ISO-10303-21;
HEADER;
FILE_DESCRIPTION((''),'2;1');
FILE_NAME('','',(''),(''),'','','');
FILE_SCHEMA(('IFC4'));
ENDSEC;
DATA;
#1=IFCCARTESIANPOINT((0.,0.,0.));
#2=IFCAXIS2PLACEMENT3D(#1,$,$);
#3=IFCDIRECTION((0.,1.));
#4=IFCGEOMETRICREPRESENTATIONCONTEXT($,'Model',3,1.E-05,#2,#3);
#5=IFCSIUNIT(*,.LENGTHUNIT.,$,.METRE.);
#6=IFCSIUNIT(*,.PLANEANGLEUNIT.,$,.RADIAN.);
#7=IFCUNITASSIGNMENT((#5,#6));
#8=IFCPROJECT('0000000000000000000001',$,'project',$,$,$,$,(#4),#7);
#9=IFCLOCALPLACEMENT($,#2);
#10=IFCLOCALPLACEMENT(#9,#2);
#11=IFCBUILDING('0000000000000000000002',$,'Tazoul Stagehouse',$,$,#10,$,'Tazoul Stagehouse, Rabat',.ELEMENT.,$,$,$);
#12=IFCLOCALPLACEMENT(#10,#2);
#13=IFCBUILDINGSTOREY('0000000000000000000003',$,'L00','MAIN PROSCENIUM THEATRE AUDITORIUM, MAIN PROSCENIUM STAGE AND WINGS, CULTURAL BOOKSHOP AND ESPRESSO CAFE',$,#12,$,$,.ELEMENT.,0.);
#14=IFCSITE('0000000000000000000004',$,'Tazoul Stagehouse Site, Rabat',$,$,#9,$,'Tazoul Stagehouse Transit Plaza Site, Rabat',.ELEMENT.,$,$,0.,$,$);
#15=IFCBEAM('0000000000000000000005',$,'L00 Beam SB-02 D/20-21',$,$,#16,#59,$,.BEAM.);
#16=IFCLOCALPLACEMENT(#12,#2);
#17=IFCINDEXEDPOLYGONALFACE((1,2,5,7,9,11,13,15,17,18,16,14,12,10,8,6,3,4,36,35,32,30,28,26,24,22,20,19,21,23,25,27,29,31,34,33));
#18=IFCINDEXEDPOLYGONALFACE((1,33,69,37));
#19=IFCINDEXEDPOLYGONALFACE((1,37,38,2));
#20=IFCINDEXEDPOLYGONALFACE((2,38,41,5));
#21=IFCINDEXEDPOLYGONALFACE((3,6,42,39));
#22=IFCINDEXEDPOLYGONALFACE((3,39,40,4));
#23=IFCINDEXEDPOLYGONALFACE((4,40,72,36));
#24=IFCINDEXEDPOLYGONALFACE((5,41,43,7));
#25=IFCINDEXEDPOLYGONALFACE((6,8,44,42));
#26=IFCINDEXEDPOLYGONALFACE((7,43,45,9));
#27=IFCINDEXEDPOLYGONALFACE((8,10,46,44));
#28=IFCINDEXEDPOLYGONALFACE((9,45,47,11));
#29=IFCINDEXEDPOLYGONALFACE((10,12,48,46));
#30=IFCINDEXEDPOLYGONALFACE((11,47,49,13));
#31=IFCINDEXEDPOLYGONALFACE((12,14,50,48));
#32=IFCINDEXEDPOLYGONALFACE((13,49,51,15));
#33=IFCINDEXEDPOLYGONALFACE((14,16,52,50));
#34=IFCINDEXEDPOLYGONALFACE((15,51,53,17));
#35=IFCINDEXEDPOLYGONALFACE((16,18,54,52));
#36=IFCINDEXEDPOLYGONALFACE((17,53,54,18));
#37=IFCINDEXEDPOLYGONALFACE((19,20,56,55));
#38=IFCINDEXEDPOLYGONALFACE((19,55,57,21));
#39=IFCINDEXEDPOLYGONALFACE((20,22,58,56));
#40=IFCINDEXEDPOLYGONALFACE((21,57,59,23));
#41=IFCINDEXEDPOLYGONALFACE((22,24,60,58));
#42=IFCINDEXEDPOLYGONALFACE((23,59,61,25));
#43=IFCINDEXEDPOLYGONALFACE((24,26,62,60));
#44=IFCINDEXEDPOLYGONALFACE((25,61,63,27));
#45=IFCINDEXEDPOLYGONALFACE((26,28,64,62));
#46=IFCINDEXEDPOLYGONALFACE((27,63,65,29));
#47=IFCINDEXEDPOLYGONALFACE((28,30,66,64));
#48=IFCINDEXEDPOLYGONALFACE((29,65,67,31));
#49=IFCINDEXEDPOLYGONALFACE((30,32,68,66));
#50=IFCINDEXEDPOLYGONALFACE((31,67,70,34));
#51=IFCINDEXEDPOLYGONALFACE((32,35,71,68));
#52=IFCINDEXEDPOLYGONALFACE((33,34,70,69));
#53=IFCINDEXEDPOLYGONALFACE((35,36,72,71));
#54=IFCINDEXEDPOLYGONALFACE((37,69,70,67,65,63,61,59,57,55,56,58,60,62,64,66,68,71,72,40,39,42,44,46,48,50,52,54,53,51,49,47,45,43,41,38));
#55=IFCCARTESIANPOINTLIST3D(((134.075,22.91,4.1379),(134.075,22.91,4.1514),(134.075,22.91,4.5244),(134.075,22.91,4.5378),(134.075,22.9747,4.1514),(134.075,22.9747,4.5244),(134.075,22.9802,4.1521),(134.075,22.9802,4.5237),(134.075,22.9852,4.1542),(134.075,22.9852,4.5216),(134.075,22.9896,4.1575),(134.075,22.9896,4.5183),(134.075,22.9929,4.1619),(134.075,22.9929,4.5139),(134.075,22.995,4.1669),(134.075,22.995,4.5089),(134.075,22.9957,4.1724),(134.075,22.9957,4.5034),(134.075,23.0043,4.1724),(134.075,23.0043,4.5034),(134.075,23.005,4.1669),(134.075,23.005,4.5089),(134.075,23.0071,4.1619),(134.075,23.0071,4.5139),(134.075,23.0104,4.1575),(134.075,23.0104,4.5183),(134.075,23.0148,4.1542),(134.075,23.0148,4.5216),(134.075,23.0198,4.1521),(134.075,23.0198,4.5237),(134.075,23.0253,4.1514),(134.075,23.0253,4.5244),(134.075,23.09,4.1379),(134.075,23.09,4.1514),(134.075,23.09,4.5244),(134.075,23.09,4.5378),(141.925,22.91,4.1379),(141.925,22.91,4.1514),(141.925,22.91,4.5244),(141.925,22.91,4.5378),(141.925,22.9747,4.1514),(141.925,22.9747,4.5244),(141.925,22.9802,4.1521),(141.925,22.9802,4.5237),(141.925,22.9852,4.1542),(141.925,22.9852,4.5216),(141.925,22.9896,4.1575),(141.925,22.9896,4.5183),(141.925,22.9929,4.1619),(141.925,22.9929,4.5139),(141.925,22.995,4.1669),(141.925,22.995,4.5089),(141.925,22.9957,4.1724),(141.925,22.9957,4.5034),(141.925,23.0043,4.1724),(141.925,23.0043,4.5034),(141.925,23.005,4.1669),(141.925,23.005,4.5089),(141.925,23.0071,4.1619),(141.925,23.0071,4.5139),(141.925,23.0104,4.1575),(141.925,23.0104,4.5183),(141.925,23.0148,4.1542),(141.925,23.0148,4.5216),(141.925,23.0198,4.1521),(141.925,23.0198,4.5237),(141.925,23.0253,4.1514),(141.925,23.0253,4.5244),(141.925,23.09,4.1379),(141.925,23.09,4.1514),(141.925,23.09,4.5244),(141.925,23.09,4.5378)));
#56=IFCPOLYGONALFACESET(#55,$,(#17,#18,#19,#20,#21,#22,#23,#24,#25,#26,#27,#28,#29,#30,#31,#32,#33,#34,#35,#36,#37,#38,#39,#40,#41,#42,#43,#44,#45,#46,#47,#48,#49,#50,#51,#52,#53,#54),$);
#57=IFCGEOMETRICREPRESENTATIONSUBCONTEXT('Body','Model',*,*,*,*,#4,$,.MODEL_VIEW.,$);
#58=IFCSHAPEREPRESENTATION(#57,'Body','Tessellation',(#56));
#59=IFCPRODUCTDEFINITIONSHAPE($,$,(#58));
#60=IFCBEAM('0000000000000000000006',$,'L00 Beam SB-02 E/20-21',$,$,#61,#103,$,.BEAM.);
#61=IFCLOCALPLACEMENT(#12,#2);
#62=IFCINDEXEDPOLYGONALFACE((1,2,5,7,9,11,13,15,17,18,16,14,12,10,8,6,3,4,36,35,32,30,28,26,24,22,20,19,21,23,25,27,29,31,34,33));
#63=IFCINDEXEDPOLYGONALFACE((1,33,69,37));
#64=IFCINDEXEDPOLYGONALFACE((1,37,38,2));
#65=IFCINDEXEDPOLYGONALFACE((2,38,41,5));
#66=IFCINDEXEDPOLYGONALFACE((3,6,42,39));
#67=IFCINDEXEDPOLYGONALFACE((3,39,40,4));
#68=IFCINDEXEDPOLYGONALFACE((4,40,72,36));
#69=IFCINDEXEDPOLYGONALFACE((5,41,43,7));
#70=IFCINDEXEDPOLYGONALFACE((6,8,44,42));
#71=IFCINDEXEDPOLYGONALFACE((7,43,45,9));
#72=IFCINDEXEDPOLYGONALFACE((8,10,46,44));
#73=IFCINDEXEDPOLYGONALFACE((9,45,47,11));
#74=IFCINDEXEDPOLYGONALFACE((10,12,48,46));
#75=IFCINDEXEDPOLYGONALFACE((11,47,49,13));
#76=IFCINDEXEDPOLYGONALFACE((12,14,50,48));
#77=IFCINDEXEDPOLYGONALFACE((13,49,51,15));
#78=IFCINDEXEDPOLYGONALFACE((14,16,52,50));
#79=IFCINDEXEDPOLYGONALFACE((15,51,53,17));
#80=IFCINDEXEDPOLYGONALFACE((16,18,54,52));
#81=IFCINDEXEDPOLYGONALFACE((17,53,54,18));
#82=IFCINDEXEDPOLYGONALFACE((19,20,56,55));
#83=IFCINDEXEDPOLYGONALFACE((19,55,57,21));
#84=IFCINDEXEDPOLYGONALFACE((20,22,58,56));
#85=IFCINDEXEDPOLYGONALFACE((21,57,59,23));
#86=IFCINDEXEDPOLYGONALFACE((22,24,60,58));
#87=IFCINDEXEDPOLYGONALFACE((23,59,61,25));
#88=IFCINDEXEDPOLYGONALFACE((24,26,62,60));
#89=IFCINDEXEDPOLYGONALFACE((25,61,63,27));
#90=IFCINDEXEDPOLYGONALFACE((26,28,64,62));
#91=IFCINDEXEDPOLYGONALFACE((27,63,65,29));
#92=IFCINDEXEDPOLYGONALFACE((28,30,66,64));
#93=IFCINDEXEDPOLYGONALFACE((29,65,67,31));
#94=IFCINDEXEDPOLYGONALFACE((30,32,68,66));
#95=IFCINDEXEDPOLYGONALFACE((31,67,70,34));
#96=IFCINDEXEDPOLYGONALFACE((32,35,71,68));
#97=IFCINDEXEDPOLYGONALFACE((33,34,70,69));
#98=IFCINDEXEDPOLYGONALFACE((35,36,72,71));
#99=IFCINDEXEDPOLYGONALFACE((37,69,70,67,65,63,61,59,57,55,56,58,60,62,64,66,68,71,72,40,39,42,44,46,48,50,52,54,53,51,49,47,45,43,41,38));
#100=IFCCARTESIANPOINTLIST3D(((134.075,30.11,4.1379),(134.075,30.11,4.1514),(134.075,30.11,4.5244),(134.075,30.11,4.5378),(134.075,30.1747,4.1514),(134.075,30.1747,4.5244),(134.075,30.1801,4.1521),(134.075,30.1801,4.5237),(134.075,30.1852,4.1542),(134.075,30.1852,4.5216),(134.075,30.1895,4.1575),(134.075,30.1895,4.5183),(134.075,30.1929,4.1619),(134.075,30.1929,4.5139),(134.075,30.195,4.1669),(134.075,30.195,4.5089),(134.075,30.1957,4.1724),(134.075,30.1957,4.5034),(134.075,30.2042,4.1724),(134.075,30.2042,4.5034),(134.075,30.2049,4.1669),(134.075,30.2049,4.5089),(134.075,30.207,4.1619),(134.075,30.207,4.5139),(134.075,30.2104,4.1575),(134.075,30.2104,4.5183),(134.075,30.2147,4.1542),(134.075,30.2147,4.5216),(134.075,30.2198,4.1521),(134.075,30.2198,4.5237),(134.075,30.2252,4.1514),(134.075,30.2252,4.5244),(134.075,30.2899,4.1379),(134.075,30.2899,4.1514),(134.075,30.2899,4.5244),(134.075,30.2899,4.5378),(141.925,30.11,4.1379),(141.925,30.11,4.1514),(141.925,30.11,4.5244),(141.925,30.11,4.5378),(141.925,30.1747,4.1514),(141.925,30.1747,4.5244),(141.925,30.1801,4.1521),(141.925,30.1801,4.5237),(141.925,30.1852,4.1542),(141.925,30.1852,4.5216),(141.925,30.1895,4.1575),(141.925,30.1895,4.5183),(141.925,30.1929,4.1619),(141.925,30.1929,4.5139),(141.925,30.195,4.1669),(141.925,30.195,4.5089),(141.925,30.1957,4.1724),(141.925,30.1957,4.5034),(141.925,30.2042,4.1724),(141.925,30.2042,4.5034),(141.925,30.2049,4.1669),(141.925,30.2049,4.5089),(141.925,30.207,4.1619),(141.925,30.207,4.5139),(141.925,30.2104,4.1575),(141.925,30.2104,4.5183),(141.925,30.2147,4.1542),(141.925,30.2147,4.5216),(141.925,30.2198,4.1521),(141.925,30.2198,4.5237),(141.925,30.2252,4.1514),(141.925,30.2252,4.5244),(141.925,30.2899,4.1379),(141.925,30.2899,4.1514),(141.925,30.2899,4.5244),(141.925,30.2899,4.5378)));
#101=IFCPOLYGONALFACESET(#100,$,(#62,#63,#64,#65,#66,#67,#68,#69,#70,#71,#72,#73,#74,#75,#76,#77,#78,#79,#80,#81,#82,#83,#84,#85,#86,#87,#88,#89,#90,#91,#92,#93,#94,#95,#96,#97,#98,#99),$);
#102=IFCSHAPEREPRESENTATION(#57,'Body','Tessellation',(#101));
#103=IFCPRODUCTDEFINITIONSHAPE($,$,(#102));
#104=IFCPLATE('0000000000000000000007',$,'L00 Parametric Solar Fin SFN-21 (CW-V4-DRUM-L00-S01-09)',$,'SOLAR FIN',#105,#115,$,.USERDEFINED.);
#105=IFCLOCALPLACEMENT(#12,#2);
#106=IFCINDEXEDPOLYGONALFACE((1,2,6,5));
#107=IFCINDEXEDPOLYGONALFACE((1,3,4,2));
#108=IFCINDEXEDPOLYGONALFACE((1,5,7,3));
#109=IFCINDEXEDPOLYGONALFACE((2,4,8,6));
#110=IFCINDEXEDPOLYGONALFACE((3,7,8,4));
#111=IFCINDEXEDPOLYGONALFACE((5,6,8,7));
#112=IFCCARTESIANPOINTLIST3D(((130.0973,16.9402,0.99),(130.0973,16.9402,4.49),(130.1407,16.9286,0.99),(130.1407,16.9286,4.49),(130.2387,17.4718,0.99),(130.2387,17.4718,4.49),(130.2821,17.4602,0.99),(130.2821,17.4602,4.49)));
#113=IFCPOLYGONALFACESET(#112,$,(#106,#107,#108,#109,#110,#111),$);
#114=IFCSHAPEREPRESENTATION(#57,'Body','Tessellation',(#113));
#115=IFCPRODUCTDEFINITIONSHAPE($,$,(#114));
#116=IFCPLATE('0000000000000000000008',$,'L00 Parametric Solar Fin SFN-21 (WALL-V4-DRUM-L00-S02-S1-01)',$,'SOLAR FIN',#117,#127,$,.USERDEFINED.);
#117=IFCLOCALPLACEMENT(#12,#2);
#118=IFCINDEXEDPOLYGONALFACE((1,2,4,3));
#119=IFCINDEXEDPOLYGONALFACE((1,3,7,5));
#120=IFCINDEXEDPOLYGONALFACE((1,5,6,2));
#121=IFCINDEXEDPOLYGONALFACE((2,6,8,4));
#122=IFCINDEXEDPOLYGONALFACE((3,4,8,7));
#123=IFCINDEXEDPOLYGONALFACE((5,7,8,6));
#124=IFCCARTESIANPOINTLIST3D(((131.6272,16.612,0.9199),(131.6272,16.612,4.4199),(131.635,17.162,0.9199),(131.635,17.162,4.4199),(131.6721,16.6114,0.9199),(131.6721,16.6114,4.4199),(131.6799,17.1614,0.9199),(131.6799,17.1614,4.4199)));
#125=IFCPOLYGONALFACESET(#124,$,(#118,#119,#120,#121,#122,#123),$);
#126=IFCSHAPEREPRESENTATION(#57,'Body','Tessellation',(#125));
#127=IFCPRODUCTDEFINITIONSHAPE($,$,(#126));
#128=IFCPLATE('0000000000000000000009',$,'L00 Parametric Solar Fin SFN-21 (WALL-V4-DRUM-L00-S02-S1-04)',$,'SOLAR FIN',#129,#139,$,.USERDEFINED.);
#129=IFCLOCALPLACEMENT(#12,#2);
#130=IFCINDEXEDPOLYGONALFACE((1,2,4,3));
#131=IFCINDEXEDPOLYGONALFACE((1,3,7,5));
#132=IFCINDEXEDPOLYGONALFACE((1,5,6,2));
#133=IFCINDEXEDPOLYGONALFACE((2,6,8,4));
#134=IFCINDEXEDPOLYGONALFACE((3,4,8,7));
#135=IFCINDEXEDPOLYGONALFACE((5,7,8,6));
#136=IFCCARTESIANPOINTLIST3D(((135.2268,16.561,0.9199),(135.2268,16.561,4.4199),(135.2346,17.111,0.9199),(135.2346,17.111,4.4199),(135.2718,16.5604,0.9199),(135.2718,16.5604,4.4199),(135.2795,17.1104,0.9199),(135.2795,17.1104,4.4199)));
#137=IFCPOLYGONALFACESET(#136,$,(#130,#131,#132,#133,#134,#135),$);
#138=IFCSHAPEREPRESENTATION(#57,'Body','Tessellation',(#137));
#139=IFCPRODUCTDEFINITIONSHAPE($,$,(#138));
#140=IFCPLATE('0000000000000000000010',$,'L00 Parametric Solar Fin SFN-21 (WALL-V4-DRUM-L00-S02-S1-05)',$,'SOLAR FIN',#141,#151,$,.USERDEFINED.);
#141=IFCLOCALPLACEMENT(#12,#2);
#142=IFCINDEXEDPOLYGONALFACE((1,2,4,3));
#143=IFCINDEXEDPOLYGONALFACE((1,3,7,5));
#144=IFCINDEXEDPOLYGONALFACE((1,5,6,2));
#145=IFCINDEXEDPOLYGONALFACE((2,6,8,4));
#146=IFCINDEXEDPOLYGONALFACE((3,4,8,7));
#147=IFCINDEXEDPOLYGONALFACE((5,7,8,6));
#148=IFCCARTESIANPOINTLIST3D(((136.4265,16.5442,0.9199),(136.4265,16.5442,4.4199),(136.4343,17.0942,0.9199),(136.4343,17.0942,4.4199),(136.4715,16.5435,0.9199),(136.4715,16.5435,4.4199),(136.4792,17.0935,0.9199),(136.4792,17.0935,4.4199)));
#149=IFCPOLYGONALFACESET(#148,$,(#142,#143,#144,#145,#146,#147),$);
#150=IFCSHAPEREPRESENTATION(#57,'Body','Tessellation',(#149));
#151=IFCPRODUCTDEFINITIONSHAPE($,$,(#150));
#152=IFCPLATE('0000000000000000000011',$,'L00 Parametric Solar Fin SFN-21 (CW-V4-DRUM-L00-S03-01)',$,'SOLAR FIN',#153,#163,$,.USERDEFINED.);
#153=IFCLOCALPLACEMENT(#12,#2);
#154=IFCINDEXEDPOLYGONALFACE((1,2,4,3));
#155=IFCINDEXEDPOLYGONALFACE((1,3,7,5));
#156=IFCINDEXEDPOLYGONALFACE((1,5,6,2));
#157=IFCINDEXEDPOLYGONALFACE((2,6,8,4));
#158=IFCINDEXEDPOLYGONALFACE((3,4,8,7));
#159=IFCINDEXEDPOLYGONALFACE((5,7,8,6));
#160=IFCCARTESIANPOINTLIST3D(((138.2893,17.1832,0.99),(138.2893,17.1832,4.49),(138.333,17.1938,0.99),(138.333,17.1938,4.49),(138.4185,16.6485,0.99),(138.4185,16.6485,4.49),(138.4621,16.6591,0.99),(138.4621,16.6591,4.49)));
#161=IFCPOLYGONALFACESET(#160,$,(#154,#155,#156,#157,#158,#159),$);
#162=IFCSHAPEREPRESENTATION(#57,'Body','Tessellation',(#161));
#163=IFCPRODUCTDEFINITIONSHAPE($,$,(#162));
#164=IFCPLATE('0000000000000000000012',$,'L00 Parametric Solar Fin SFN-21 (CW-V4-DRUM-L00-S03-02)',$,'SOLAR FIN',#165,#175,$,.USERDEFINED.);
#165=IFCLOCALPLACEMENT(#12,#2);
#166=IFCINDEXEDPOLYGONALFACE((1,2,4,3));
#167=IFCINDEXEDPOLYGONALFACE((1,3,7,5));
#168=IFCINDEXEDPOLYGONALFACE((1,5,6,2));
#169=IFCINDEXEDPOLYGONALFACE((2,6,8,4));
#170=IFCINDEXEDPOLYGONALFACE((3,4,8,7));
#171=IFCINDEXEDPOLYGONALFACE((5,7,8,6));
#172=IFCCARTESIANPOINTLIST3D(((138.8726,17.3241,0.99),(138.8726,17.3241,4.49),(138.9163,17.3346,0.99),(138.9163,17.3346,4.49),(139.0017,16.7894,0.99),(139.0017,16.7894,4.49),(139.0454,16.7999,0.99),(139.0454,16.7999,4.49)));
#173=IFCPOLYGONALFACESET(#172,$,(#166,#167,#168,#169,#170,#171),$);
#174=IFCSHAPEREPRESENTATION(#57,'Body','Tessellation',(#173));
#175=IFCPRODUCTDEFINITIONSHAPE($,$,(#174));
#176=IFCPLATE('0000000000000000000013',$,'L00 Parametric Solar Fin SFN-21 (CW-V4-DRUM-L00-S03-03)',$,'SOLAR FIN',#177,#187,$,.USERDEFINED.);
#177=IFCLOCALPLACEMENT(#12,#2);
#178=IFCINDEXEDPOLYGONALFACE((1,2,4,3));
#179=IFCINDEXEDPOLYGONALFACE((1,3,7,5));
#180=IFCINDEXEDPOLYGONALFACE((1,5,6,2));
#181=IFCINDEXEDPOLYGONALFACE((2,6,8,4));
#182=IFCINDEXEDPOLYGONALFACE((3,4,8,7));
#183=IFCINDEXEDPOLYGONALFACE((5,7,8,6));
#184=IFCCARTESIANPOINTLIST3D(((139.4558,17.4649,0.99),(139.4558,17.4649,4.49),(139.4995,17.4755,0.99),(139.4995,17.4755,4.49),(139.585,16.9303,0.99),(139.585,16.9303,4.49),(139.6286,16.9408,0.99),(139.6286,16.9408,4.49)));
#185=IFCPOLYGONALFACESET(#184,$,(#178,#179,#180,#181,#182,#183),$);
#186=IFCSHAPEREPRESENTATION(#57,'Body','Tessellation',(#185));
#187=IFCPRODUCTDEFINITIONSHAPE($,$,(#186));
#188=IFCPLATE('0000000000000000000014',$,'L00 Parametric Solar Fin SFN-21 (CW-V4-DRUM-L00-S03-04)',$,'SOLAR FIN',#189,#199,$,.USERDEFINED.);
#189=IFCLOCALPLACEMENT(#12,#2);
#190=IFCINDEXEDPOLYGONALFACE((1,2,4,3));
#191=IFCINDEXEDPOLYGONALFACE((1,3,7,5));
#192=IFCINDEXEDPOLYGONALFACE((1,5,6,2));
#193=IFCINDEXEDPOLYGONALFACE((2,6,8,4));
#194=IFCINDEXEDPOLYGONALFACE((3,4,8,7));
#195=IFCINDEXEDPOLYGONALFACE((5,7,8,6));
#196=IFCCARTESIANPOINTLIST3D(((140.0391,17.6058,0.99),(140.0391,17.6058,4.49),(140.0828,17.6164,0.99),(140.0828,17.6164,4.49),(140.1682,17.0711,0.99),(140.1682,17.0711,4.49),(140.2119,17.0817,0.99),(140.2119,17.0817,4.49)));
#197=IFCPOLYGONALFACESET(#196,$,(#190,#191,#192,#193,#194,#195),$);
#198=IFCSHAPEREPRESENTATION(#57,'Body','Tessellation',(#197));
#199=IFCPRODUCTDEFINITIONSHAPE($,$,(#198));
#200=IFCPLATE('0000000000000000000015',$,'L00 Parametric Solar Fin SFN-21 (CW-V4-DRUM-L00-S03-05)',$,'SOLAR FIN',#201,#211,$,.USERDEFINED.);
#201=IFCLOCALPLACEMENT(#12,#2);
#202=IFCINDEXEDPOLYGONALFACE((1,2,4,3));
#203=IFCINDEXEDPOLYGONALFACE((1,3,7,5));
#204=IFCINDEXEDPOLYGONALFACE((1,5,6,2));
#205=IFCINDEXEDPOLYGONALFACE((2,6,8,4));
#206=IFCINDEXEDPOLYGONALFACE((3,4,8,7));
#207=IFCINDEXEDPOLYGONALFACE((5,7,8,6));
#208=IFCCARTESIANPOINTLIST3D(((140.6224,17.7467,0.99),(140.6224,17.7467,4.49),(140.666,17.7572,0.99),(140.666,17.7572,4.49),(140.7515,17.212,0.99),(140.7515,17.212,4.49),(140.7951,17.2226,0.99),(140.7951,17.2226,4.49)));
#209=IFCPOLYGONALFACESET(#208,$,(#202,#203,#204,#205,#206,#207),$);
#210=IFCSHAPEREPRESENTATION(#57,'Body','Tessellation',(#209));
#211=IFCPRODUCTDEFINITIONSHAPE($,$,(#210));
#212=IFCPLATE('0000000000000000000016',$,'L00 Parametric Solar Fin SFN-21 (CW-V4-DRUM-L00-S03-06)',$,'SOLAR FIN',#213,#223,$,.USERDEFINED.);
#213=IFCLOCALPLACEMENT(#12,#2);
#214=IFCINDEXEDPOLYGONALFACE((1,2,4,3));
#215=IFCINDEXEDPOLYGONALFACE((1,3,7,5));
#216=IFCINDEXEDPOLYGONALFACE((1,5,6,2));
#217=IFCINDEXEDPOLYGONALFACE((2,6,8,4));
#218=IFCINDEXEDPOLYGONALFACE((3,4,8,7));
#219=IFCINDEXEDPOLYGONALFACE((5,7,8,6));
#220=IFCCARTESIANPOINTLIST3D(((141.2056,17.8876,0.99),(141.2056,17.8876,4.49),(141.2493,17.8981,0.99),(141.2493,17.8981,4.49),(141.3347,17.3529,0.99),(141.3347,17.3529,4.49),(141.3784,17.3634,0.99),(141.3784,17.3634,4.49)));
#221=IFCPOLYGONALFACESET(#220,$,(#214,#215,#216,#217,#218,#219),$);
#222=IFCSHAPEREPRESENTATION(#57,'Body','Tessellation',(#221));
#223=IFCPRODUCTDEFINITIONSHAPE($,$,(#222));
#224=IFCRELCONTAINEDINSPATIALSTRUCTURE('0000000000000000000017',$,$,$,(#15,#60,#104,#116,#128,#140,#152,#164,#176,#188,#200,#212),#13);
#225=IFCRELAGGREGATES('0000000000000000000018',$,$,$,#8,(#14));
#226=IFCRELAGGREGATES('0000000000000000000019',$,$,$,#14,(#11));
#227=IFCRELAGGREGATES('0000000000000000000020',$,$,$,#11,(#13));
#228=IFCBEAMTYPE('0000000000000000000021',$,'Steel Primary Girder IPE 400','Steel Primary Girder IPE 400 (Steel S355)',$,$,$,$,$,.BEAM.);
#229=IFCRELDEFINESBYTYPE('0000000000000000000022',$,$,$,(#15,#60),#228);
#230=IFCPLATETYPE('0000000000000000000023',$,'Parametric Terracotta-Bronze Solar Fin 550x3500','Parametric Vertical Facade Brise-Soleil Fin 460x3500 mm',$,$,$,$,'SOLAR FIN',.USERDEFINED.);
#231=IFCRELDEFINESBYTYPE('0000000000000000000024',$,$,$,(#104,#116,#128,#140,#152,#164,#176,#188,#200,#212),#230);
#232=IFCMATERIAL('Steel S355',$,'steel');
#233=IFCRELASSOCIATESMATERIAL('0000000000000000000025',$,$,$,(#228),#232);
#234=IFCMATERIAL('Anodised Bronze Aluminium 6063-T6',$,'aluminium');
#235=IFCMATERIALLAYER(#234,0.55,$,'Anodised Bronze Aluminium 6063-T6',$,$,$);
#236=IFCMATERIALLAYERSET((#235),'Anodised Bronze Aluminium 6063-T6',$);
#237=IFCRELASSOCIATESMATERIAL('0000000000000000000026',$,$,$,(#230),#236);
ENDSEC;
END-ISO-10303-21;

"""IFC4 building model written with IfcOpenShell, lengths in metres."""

from ifc_helpers import new_model, si_unit, direction, frame, origin, origin_2d, place, context, subcontext, project, spatial, rectangle, i_section, extrude, material, layer, layer_set, material_profile, profile_set, type_object, element, save


model = new_model("IFC4")

# Units and contexts
model_context = context("Model", 3, precision=1e-05, world=origin(), true_north=direction((0.0, 1.0)))
body_context = subcontext(model_context, "Body", "Model", "MODEL_VIEW")
ifc_project = project(units=[si_unit("LENGTHUNIT", "METRE"), si_unit("PLANEANGLEUNIT", "RADIAN")], contexts=[model_context])

# Site, building, storey
site_placement = place(None, origin())
site = spatial("IfcSite", under=ifc_project, at=site_placement, Name="Tazoul Stagehouse Site, Rabat", LongName="Tazoul Stagehouse Transit Plaza Site, Rabat", CompositionType="ELEMENT", RefElevation=0.0)
building_placement = place(site_placement, origin())
building = spatial("IfcBuilding", under=site, at=building_placement, Name="Tazoul Stagehouse", LongName="Tazoul Stagehouse, Rabat", CompositionType="ELEMENT")
storey_placement = place(building_placement, origin())
storey = spatial("IfcBuildingStorey", under=building, at=storey_placement, Name="L00", Description="MAIN PROSCENIUM THEATRE AUDITORIUM, MAIN PROSCENIUM STAGE AND WINGS, CULTURAL BOOKSHOP AND ESPRESSO CAFE", CompositionType="ELEMENT", Elevation=0.0)

# Beams
ifc_material_1 = material(Name="Steel S355", Category="steel")
ifc_material_profile_1 = material_profile(ifc_material_1, i_section(OverallWidth=0.1799, OverallDepth=0.3999, WebThickness=0.0085, FlangeThickness=0.0134, FilletRadius=0.021, at=origin_2d()), Name="IPE 400")
ifc_profile_set_1 = profile_set([ifc_material_profile_1], Name="Steel S355")
beam_type_1 = type_object("IfcBeamType", Name="Steel Primary Girder IPE 400", Description="Steel Primary Girder IPE 400 (Steel S355)", PredefinedType="BEAM", material=ifc_profile_set_1)
for number, where, z_axis, x_axis, name in (
    (1, (134.075, 23.0, 4.3379), (1.0, 0.0, 0.0), (0.0, 1.0, 0.0), "L00 Beam SB-02 D/20-21"),
    (2, (134.075, 30.2, 4.3379), (1.0, 0.0, 0.0), (0.0, 1.0, 0.0), "L00 Beam SB-02 E/20-21"),
):
    element("IfcBeam", number, at=place(storey_placement, frame(where, z_axis=z_axis, x_axis=x_axis)), inside=storey, type_object=beam_type_1, Name=name, PredefinedType="BEAM", context=body_context, shape_type="SweptSolid", body=[
        extrude(i_section(OverallWidth=0.1799, OverallDepth=0.3999, WebThickness=0.0085, FlangeThickness=0.0134, FilletRadius=0.021, at=origin_2d()), origin(), (0.0, 0.0, 1.0), 7.8501),
    ])

# Plates
ifc_material_2 = material(Name="Anodised Bronze Aluminium 6063-T6", Category="aluminium")
ifc_layer_1 = layer(ifc_material_2, 0.55, Name="Anodised Bronze Aluminium 6063-T6")
ifc_layer_set_1 = layer_set([ifc_layer_1], Name="Anodised Bronze Aluminium 6063-T6")
plate_type_1 = type_object("IfcPlateType", Name="Parametric Terracotta-Bronze Solar Fin 550x3500", Description="Parametric Vertical Facade Brise-Soleil Fin 460x3500 mm", ElementType="SOLAR FIN", PredefinedType="USERDEFINED", material=ifc_layer_set_1)
for number, where, z_axis, x_axis, name in (
    (3, (130.1897, 17.2002, 0.99), (0.0, 0.0, 1.0), (0.966413, -0.256993, 0.0), "L00 Parametric Solar Fin SFN-21 (CW-V4-DRUM-L00-S01-09)"),
    (4, (131.6536, 16.8867, 0.9199), (0.0, 0.0, 1.0), (0.9999, -0.014109, 0.0), "L00 Parametric Solar Fin SFN-21 (WALL-V4-DRUM-L00-S02-S1-01)"),
    (5, (135.2532, 16.8357, 0.9199), (0.0, 0.0, 1.0), (0.9999, -0.014109, 0.0), "L00 Parametric Solar Fin SFN-21 (WALL-V4-DRUM-L00-S02-S1-04)"),
    (6, (136.4529, 16.8188, 0.9199), (0.0, 0.0, 1.0), (0.9999, -0.014109, 0.0), "L00 Parametric Solar Fin SFN-21 (WALL-V4-DRUM-L00-S02-S1-05)"),
    (7, (138.3757, 16.9211, 0.99), (0.0, 0.0, 1.0), (0.972063, 0.23472, 0.0), "L00 Parametric Solar Fin SFN-21 (CW-V4-DRUM-L00-S03-01)"),
    (8, (138.959, 17.062, 0.99), (0.0, 0.0, 1.0), (0.972063, 0.23472, 0.0), "L00 Parametric Solar Fin SFN-21 (CW-V4-DRUM-L00-S03-02)"),
    (9, (139.5422, 17.2029, 0.99), (0.0, 0.0, 1.0), (0.972063, 0.23472, 0.0), "L00 Parametric Solar Fin SFN-21 (CW-V4-DRUM-L00-S03-03)"),
    (10, (140.1255, 17.3438, 0.99), (0.0, 0.0, 1.0), (0.972063, 0.23472, 0.0), "L00 Parametric Solar Fin SFN-21 (CW-V4-DRUM-L00-S03-04)"),
    (11, (140.7087, 17.4846, 0.99), (0.0, 0.0, 1.0), (0.972063, 0.23472, 0.0), "L00 Parametric Solar Fin SFN-21 (CW-V4-DRUM-L00-S03-05)"),
    (12, (141.292, 17.6255, 0.99), (0.0, 0.0, 1.0), (0.972063, 0.23472, 0.0), "L00 Parametric Solar Fin SFN-21 (CW-V4-DRUM-L00-S03-06)"),
):
    element("IfcPlate", number, at=place(storey_placement, frame(where, z_axis=z_axis, x_axis=x_axis)), inside=storey, type_object=plate_type_1, Name=name, ObjectType="SOLAR FIN", PredefinedType="USERDEFINED", context=body_context, shape_type="SweptSolid", body=[
        extrude(rectangle(XDim=0.0449, YDim=0.55, at=origin_2d()), origin(), (0.0, 0.0, 1.0), 3.5),
    ])

save(model, "model.ifc")
